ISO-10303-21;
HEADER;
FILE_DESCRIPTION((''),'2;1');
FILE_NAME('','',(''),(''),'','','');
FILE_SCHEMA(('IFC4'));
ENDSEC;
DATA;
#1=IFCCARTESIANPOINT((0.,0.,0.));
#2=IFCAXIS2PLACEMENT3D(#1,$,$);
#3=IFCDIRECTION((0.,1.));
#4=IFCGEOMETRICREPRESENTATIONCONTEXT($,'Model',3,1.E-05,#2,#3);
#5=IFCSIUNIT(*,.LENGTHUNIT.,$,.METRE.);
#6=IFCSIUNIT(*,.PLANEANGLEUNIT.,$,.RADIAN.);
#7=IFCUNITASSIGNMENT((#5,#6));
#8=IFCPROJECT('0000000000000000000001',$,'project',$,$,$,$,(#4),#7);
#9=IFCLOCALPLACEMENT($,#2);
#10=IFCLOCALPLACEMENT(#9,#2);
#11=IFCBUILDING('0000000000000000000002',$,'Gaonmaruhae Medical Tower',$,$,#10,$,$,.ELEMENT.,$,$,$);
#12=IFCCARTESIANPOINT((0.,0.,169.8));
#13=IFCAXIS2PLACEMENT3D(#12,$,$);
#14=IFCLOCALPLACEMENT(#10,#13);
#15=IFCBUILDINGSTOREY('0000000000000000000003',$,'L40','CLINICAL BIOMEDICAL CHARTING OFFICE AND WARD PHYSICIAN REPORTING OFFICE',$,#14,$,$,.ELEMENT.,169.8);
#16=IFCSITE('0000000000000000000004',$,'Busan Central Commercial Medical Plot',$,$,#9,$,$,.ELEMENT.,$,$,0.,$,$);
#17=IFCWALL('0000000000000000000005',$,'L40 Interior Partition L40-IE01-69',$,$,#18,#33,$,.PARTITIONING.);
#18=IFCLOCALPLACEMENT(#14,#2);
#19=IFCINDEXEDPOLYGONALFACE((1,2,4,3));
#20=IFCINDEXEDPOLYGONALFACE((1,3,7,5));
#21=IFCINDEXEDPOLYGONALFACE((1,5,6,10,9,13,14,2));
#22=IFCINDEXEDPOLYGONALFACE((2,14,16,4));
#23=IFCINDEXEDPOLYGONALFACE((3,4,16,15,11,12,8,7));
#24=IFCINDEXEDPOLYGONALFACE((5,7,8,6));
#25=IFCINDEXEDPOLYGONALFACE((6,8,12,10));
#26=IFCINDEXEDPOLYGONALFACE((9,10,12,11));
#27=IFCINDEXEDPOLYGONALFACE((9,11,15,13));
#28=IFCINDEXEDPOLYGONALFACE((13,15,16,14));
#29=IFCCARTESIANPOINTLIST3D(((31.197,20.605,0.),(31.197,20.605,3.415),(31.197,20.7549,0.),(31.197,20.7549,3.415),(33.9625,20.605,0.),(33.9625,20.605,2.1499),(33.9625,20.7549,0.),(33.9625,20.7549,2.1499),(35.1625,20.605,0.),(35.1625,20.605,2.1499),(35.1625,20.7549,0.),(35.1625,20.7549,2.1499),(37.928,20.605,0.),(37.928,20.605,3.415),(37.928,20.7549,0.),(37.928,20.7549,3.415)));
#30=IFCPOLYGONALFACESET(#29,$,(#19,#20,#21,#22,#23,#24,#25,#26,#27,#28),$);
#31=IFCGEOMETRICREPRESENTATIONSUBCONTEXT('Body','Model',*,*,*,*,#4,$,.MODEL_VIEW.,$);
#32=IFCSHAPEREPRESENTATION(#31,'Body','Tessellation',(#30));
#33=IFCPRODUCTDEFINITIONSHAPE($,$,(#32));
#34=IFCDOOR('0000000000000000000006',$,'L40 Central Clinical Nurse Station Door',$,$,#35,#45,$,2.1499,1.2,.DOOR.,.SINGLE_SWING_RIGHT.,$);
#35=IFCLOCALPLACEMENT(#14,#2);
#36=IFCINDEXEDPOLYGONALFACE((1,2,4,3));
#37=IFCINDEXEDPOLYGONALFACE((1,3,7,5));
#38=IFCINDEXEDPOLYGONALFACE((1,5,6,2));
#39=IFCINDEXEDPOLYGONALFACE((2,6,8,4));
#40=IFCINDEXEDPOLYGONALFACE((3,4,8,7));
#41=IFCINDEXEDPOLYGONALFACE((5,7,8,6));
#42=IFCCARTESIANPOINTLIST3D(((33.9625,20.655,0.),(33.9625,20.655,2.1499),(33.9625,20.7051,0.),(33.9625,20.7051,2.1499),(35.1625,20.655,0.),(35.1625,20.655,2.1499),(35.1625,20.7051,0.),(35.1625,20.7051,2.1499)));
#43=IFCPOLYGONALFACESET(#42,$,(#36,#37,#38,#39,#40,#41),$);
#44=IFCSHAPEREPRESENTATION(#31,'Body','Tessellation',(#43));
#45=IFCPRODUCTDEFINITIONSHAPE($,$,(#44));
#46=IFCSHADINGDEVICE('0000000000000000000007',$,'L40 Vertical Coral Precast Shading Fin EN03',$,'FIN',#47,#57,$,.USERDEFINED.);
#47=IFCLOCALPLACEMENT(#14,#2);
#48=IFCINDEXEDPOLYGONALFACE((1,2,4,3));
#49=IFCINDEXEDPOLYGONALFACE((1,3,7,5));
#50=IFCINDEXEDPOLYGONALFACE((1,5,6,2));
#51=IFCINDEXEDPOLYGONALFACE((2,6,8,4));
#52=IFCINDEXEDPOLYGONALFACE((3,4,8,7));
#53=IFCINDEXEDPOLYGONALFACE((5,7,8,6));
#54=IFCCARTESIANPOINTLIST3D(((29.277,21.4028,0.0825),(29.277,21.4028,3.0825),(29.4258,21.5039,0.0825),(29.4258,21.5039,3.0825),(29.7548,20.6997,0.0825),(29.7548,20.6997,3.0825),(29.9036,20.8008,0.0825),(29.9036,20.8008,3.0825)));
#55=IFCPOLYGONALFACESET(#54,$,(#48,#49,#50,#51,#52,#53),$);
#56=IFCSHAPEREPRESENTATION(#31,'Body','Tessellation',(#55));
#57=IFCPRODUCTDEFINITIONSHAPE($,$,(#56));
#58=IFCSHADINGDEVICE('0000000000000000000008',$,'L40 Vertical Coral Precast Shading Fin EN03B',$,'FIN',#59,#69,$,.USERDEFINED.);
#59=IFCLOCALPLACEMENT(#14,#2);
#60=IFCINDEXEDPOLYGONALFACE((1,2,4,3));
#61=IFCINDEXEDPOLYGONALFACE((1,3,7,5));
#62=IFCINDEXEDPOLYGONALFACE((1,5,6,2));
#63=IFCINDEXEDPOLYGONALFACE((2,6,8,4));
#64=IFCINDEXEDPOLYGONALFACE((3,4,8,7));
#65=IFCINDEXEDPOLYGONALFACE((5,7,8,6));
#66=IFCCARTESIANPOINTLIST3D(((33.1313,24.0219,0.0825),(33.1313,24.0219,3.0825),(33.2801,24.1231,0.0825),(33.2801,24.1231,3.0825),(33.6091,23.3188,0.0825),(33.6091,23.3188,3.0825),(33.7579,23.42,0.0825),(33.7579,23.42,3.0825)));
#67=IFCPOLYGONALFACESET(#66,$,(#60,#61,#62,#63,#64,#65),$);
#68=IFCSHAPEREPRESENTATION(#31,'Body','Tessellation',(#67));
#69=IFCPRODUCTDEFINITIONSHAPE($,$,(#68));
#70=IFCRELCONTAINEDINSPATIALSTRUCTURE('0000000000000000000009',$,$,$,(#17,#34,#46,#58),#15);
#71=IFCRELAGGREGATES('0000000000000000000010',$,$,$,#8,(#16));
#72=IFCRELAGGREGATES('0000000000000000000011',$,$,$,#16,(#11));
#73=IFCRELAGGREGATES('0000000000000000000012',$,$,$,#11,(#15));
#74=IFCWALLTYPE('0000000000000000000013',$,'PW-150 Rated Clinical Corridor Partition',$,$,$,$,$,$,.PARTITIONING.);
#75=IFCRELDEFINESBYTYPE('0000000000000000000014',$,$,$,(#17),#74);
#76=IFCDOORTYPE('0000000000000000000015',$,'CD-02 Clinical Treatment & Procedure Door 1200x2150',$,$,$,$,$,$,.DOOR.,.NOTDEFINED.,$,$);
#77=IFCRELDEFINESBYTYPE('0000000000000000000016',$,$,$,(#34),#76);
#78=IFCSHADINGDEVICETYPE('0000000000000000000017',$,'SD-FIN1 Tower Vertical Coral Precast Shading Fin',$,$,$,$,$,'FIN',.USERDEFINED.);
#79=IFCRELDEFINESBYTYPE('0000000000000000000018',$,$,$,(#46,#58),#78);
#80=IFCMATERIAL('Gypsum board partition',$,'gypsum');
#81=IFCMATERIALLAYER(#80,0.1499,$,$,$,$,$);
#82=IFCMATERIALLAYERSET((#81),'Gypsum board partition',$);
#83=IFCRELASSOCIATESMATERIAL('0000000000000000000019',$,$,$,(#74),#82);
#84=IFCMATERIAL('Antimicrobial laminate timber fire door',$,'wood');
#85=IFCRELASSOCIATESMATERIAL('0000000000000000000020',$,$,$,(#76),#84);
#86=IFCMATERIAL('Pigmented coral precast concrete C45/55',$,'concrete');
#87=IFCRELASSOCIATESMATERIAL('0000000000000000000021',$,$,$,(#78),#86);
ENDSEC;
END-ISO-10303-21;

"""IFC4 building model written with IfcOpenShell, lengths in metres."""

from ifc_helpers import new_model, si_unit, direction, frame, frame_2d, origin, origin_2d, place, context, subcontext, project, spatial, rectangle, extrude, material, layer, layer_set, type_object, element, fill, save


model = new_model("IFC4")

# Units and contexts
model_context = context("Model", 3, precision=1e-05, world=origin(), true_north=direction((0.0, 1.0)))
body_context = subcontext(model_context, "Body", "Model", "MODEL_VIEW")
ifc_project = project(units=[si_unit("LENGTHUNIT", "METRE"), si_unit("PLANEANGLEUNIT", "RADIAN")], contexts=[model_context])

# Site, building, storey
site_placement = place(None, origin())
site = spatial("IfcSite", under=ifc_project, at=site_placement, Name="Busan Central Commercial Medical Plot", CompositionType="ELEMENT", RefElevation=0.0)
building_placement = place(site_placement, origin())
building = spatial("IfcBuilding", under=site, at=building_placement, Name="Gaonmaruhae Medical Tower", CompositionType="ELEMENT")
storey_placement = place(building_placement, frame((0.0, 0.0, 169.8)))
storey = spatial("IfcBuildingStorey", under=building, at=storey_placement, Name="L40", Description="CLINICAL BIOMEDICAL CHARTING OFFICE AND WARD PHYSICIAN REPORTING OFFICE", CompositionType="ELEMENT", Elevation=169.8)

# Shared definitions
ifc_material_1 = material(Name="Gypsum board partition", Category="gypsum")
ifc_layer_1 = layer(ifc_material_1, 0.1499)
ifc_layer_set_1 = layer_set([ifc_layer_1], Name="Gypsum board partition")
wall_type_1 = type_object("IfcWallType", Name="PW-150 Rated Clinical Corridor Partition", PredefinedType="PARTITIONING", material=ifc_layer_set_1)

# Wall, opening, door
wall_1_placement = place(storey_placement, frame((37.928, 20.6799, 0.0), z_axis=(0.0, 0.0, 1.0), x_axis=(-1.0, 0.0, 0.0)))
wall_1 = element("IfcWall", 1, at=wall_1_placement, inside=storey, type_object=wall_type_1, Name="L40 Interior Partition L40-IE01-69", PredefinedType="PARTITIONING", context=body_context, shape_type="SweptSolid", body=[
    extrude(rectangle(XDim=6.731, YDim=0.1499, at=frame_2d((3.3655, 0.0))), origin(), (0.0, 0.0, 1.0), 3.415),
])
opening_1_placement = place(wall_1_placement, frame((2.7654, 0.0, 0.0)))
opening_1 = element("IfcOpeningElement", 2, at=opening_1_placement, cuts=wall_1, PredefinedType="OPENING", context=body_context, shape_type="SweptSolid", body=[
    extrude(rectangle(XDim=1.2, YDim=2.1499, at=frame_2d((0.6001, 1.075))), frame((0.0, 0.085, 0.0), z_axis=(0.0, -1.0, 0.0), x_axis=(1.0, 0.0, 0.0)), (0.0, 0.0, 1.0), 0.1699),
])
ifc_material_2 = material(Name="Antimicrobial laminate timber fire door", Category="wood")
door_type = type_object("IfcDoorType", Name="CD-02 Clinical Treatment & Procedure Door 1200x2150", OperationType="NOTDEFINED", PredefinedType="DOOR", material=ifc_material_2)
door_placement = place(opening_1_placement, origin())
door = element("IfcDoor", 3, at=door_placement, inside=storey, type_object=door_type, Name="L40 Central Clinical Nurse Station Door", OperationType="SINGLE_SWING_RIGHT", OverallHeight=2.1499, OverallWidth=1.2, PredefinedType="DOOR", context=body_context, shape_type="SweptSolid", body=[
    extrude(rectangle(XDim=1.2, YDim=2.1499, at=frame_2d((0.6001, 1.075))), frame((0.0, 0.0249, 0.0), z_axis=(0.0, -1.0, 0.0), x_axis=(1.0, 0.0, 0.0)), (0.0, 0.0, 1.0), 0.05),
])
fill(opening_1, door)

# Shading devices
ifc_material_3 = material(Name="Pigmented coral precast concrete C45/55", Category="concrete")
shading_device_type = type_object("IfcShadingDeviceType", Name="SD-FIN1 Tower Vertical Coral Precast Shading Fin", ElementType="FIN", PredefinedType="USERDEFINED", material=ifc_material_3)
for number, where, z_axis, x_axis, name in (
    (4, (29.5903, 21.1018, 0.0825), (0.0, 0.0, 1.0), (0.82709, 0.562069, 0.0), "L40 Vertical Coral Precast Shading Fin EN03"),
    (5, (33.4446, 23.7209, 0.0825), (0.0, 0.0, 1.0), (0.82709, 0.562069, 0.0), "L40 Vertical Coral Precast Shading Fin EN03B"),
):
    element("IfcShadingDevice", number, at=place(storey_placement, frame(where, z_axis=z_axis, x_axis=x_axis)), inside=storey, type_object=shading_device_type, Name=name, ObjectType="FIN", PredefinedType="USERDEFINED", context=body_context, shape_type="SweptSolid", body=[
        extrude(rectangle(XDim=0.1799, YDim=0.8501, at=origin_2d()), origin(), (0.0, 0.0, 1.0), 3.0),
    ])

save(model, "model.ifc")
